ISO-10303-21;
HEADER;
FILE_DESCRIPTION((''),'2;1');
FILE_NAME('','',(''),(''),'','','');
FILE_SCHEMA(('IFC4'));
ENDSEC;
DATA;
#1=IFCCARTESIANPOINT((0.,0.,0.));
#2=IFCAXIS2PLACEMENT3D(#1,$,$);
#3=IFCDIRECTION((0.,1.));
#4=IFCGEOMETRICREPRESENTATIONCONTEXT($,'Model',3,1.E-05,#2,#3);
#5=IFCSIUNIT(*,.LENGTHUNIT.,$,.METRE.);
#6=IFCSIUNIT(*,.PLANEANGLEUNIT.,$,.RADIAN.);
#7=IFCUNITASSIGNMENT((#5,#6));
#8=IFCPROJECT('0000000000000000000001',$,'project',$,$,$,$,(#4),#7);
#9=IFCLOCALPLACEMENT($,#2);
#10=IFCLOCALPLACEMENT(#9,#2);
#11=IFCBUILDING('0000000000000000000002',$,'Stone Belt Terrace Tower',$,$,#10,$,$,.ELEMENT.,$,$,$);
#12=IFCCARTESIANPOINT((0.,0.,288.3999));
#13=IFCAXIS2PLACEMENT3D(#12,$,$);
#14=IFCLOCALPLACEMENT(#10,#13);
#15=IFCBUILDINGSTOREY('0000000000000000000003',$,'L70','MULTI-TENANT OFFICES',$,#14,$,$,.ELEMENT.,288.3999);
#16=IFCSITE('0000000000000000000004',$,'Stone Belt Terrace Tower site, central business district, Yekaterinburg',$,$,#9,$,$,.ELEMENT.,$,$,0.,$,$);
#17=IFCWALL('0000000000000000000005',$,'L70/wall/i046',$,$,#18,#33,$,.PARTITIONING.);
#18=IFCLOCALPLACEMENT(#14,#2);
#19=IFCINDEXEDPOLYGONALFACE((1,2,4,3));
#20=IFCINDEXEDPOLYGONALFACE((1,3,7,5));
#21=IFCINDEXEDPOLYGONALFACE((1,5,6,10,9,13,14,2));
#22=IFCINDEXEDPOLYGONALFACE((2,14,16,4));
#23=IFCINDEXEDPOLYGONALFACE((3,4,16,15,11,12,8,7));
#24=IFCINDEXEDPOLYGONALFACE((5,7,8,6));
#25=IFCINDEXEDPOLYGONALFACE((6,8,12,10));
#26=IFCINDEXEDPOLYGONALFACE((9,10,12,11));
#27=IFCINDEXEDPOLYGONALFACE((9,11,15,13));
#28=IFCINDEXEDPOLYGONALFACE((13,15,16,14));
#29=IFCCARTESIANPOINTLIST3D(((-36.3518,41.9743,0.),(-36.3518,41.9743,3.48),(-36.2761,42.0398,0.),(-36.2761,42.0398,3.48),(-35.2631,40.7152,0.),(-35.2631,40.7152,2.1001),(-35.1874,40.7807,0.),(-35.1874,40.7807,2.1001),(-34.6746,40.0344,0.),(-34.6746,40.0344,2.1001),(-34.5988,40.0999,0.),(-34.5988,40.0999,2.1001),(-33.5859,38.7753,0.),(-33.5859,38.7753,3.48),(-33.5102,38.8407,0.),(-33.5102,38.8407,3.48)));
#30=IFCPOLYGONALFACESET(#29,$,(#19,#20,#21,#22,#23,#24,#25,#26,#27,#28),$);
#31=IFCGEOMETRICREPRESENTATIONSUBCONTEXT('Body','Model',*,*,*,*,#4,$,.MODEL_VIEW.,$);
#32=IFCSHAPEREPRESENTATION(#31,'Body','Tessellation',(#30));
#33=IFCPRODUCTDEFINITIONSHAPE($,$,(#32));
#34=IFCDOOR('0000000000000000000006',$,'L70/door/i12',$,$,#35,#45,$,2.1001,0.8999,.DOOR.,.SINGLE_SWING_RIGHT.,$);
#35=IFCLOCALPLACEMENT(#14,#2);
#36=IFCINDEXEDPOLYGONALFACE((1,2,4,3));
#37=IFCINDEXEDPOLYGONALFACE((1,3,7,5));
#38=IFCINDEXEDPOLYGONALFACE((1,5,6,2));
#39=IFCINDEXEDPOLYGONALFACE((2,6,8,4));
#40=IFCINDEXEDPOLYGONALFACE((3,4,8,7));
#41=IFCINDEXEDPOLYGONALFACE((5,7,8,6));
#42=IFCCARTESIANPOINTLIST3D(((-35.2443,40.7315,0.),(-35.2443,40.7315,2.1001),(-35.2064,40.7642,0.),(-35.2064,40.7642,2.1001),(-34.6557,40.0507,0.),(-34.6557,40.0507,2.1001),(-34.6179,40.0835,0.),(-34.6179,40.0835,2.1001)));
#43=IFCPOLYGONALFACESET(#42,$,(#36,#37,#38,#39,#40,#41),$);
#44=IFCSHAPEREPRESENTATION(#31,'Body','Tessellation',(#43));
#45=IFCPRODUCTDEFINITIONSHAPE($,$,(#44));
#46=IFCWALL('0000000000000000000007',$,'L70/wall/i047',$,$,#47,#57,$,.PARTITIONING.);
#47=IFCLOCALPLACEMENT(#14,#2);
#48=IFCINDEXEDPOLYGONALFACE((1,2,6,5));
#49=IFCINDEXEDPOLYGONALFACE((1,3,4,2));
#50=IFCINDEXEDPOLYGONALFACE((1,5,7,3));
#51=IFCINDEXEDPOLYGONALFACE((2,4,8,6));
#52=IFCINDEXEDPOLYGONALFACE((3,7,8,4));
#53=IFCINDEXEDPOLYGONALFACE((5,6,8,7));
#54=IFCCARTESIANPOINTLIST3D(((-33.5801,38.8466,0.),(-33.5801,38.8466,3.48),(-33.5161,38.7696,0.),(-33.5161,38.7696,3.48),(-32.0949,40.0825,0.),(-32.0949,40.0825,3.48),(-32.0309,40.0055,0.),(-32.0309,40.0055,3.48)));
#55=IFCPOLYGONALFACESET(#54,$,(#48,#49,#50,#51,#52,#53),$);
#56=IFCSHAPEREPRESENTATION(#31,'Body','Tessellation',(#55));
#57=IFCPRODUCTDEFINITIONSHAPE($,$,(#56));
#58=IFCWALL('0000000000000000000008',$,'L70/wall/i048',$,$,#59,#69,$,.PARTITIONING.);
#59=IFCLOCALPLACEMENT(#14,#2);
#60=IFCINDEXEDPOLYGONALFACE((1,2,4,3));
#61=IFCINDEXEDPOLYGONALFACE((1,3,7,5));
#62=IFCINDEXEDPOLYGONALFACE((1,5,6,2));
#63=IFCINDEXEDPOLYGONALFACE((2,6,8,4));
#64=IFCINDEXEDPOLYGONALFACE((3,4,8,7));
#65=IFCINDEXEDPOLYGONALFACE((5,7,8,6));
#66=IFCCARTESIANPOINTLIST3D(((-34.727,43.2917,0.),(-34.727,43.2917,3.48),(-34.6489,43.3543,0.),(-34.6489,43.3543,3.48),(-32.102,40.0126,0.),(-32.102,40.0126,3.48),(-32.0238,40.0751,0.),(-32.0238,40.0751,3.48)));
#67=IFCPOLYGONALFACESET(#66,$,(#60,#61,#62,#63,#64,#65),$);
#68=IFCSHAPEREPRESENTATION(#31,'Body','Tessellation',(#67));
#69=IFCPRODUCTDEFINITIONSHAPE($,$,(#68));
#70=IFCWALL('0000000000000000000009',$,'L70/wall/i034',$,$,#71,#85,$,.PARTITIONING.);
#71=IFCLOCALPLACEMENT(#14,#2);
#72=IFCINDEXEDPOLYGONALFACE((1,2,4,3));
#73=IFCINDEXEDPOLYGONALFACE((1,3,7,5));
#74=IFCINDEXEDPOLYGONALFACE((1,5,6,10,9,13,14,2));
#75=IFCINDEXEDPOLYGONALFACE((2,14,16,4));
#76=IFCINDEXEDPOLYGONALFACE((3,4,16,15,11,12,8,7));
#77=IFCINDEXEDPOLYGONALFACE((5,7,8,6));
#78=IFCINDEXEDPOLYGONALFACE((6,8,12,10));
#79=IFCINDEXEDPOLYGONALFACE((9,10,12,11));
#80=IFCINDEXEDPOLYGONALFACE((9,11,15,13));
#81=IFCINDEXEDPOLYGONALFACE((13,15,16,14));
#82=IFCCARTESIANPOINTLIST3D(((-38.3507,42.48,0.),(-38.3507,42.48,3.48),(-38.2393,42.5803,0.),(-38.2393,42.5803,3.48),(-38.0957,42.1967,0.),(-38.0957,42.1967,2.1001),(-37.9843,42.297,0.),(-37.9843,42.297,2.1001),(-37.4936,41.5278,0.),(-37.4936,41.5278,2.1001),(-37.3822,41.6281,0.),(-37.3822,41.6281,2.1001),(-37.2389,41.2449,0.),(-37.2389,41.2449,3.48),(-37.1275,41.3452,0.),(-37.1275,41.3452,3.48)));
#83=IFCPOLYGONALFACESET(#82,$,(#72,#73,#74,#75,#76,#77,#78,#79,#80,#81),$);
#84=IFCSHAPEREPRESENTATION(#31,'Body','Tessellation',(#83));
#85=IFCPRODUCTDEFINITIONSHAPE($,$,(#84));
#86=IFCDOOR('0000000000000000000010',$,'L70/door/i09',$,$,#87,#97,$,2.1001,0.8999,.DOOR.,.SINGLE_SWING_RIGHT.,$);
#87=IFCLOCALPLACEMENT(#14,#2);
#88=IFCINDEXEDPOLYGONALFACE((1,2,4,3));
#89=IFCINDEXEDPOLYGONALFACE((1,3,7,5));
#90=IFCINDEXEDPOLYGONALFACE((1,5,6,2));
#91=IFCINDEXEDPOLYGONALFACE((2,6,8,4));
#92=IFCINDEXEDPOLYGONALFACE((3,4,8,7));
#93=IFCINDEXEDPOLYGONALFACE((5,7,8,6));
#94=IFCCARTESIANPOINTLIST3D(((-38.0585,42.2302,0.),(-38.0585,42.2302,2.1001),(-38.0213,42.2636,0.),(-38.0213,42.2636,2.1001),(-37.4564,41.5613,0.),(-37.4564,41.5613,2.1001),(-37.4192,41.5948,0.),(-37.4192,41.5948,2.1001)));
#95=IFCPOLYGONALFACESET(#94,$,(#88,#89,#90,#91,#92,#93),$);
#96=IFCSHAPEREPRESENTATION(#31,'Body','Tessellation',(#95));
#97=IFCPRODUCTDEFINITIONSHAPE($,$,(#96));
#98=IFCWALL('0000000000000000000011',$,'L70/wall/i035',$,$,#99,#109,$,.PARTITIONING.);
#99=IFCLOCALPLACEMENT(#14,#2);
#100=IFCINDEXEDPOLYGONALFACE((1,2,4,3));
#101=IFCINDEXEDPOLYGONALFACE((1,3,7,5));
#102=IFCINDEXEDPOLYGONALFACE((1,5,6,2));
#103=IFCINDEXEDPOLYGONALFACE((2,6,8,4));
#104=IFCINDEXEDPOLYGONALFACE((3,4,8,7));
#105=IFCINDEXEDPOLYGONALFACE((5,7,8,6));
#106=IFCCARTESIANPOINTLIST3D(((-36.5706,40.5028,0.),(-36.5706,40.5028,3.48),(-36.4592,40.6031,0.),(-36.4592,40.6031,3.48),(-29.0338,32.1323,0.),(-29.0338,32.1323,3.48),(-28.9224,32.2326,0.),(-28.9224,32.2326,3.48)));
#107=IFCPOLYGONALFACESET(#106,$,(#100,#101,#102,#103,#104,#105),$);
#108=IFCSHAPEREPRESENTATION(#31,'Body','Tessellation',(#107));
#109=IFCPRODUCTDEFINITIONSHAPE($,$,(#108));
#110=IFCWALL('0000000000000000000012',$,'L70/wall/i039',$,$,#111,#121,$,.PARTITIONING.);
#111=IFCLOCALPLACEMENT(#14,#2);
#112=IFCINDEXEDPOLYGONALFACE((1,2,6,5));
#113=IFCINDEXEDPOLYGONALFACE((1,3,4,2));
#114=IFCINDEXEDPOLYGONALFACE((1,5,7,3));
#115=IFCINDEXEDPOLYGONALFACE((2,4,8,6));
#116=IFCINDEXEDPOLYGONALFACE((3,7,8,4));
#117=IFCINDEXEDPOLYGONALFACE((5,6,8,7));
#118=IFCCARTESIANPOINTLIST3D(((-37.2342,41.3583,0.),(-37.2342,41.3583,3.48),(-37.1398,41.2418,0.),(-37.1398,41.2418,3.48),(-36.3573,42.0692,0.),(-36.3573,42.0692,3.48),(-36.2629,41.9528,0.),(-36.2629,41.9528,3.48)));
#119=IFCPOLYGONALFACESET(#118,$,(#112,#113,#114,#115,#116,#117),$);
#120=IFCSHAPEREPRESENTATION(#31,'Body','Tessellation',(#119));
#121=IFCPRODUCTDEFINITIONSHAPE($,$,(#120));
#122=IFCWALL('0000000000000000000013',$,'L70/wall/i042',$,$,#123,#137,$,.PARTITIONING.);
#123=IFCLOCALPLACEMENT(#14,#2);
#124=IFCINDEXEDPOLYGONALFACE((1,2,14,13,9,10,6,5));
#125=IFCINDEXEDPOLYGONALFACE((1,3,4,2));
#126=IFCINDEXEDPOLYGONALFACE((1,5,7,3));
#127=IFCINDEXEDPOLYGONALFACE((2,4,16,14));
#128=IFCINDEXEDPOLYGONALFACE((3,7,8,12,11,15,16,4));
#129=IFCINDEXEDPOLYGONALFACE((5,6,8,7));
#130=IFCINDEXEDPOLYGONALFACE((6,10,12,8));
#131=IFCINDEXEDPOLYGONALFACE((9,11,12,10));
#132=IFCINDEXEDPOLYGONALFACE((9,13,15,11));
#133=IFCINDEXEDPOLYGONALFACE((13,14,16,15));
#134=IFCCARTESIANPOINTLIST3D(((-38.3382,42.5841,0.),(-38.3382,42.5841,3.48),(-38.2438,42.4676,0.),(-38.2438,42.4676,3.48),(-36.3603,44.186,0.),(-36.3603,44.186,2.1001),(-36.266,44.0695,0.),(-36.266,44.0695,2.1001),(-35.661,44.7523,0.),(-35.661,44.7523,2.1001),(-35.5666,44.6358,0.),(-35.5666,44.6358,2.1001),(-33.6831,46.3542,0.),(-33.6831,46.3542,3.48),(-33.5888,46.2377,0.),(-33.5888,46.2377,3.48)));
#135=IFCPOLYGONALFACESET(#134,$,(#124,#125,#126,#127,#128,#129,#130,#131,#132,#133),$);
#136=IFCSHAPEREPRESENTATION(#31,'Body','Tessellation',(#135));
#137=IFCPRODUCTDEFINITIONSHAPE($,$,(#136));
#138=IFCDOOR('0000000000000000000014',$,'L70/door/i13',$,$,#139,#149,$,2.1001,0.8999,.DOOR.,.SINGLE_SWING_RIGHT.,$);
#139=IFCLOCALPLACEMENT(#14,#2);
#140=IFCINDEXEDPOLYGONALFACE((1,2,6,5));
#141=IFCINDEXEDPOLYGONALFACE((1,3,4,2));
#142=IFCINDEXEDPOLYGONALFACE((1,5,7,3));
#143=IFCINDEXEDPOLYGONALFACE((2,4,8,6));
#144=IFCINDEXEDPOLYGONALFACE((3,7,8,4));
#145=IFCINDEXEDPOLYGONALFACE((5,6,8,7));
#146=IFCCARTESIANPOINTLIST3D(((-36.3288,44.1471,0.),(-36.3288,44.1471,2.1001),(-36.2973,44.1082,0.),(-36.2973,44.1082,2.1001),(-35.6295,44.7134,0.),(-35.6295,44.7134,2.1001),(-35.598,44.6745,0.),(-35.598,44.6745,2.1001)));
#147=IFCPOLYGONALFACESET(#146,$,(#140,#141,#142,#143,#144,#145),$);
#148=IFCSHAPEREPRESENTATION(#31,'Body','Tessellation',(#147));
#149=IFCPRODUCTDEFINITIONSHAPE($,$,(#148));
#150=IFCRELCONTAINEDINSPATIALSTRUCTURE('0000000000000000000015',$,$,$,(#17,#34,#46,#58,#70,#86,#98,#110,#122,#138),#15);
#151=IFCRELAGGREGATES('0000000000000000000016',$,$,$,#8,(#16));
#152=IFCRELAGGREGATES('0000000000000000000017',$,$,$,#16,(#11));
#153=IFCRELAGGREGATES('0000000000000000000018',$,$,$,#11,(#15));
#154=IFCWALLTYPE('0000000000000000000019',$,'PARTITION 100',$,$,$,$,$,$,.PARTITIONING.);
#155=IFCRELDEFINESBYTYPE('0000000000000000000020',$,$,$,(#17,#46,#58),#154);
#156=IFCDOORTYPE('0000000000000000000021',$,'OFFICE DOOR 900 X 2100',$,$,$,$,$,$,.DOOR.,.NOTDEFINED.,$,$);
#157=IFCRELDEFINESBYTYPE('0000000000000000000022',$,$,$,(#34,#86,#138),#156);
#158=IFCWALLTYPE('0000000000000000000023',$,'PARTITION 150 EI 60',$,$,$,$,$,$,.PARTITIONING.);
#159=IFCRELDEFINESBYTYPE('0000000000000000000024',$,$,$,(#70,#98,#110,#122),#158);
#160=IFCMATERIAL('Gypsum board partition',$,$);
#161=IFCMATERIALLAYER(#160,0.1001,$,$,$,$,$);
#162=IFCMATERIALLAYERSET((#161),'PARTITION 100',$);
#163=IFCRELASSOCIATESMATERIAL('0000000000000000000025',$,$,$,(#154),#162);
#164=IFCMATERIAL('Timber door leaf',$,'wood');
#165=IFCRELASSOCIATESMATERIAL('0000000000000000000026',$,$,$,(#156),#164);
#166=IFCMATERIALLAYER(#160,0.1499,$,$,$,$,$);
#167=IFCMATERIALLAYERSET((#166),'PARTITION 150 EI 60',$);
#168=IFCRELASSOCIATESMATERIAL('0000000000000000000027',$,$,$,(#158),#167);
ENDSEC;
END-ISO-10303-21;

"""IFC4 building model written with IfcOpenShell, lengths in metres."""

from ifc_helpers import new_model, si_unit, direction, frame, frame_2d, origin, place, context, subcontext, project, spatial, rectangle, extrude, material, layer, layer_set, type_object, element, fill, save


model = new_model("IFC4")

# Units and contexts
model_context = context("Model", 3, precision=1e-05, world=origin(), true_north=direction((0.0, 1.0)))
body_context = subcontext(model_context, "Body", "Model", "MODEL_VIEW")
ifc_project = project(units=[si_unit("LENGTHUNIT", "METRE"), si_unit("PLANEANGLEUNIT", "RADIAN")], contexts=[model_context])

# Site, building, storey
site_placement = place(None, origin())
site = spatial("IfcSite", under=ifc_project, at=site_placement, Name="Stone Belt Terrace Tower site, central business district, Yekaterinburg", CompositionType="ELEMENT", RefElevation=0.0)
building_placement = place(site_placement, origin())
building = spatial("IfcBuilding", under=site, at=building_placement, Name="Stone Belt Terrace Tower", CompositionType="ELEMENT")
storey_placement = place(building_placement, frame((0.0, 0.0, 288.3999)))
storey = spatial("IfcBuildingStorey", under=building, at=storey_placement, Name="L70", Description="MULTI-TENANT OFFICES", CompositionType="ELEMENT", Elevation=288.3999)

# Wall, opening, door
ifc_material_1 = material(Name="Gypsum board partition")
ifc_layer_1 = layer(ifc_material_1, 0.1001)
ifc_layer_set_1 = layer_set([ifc_layer_1], Name="PARTITION 100")
wall_type_1 = type_object("IfcWallType", Name="PARTITION 100", PredefinedType="PARTITIONING", material=ifc_layer_set_1)
wall_1_placement = place(storey_placement, frame((-36.314, 42.0071, 0.0), z_axis=(0.0, 0.0, 1.0), x_axis=(0.654042, -0.756458, 0.0)))
wall_1 = element("IfcWall", 1, at=wall_1_placement, inside=storey, type_object=wall_type_1, Name="L70/wall/i046", PredefinedType="PARTITIONING", context=body_context, shape_type="SweptSolid", body=[
    extrude(rectangle(XDim=4.229, YDim=0.1001, at=frame_2d((2.1145, 0.0))), origin(), (0.0, 0.0, 1.0), 3.48),
])
opening_1_placement = place(wall_1_placement, frame((1.6646, 0.0, 0.0)))
opening_1 = element("IfcOpeningElement", 2, at=opening_1_placement, cuts=wall_1, PredefinedType="OPENING", context=body_context, shape_type="SweptSolid", body=[
    extrude(rectangle(XDim=0.8999, YDim=2.1001, at=frame_2d((0.45, 1.05))), frame((0.0, 0.0601, 0.0), z_axis=(0.0, -1.0, 0.0), x_axis=(1.0, 0.0, 0.0)), (0.0, 0.0, 1.0), 0.1201),
])
ifc_material_2 = material(Name="Timber door leaf", Category="wood")
door_type = type_object("IfcDoorType", Name="OFFICE DOOR 900 X 2100", OperationType="NOTDEFINED", PredefinedType="DOOR", material=ifc_material_2)
door_1_placement = place(opening_1_placement, origin())
door_1 = element("IfcDoor", 3, at=door_1_placement, inside=storey, type_object=door_type, Name="L70/door/i12", OperationType="SINGLE_SWING_RIGHT", OverallHeight=2.1001, OverallWidth=0.8999, PredefinedType="DOOR", context=body_context, shape_type="SweptSolid", body=[
    extrude(rectangle(XDim=0.8999, YDim=2.1001, at=frame_2d((0.45, 1.05))), frame((0.0, 0.0249, 0.0), z_axis=(0.0, -1.0, 0.0), x_axis=(1.0, 0.0, 0.0)), (0.0, 0.0, 1.0), 0.05),
])
fill(opening_1, door_1)

# Walls
wall_2_placement = place(storey_placement, frame((-33.5481, 38.8081, 0.0), z_axis=(0.0, 0.0, 1.0), x_axis=(0.768666, 0.63965, 0.0)))
element("IfcWall", 4, at=wall_2_placement, inside=storey, type_object=wall_type_1, Name="L70/wall/i047", PredefinedType="PARTITIONING", context=body_context, shape_type="SweptSolid", body=[
    extrude(rectangle(XDim=1.9321, YDim=0.1001, at=frame_2d((0.9661, 0.0))), origin(), (0.0, 0.0, 1.0), 3.48),
])
wall_3_placement = place(storey_placement, frame((-32.063, 40.0439, 0.0), z_axis=(0.0, 0.0, 1.0), x_axis=(-0.62495, 0.780665, 0.0)))
element("IfcWall", 5, at=wall_3_placement, inside=storey, type_object=wall_type_1, Name="L70/wall/i048", PredefinedType="PARTITIONING", context=body_context, shape_type="SweptSolid", body=[
    extrude(rectangle(XDim=4.2004, YDim=0.1001, at=frame_2d((2.1001, 0.0))), origin(), (0.0, 0.0, 1.0), 3.48),
])

# Wall, opening, door
ifc_layer_2 = layer(ifc_material_1, 0.1499)
ifc_layer_set_2 = layer_set([ifc_layer_2], Name="PARTITION 150 EI 60")
wall_type_2 = type_object("IfcWallType", Name="PARTITION 150 EI 60", PredefinedType="PARTITIONING", material=ifc_layer_set_2)
wall_4_placement = place(storey_placement, frame((-37.1831, 41.2949, 0.0), z_axis=(0.0, 0.0, 1.0), x_axis=(-0.669038, 0.743228, 0.0)))
wall_4 = element("IfcWall", 6, at=wall_4_placement, inside=storey, type_object=wall_type_2, Name="L70/wall/i034", PredefinedType="PARTITIONING", context=body_context, shape_type="SweptSolid", body=[
    extrude(rectangle(XDim=1.6619, YDim=0.1499, at=frame_2d((0.8311, 0.0))), origin(), (0.0, 0.0, 1.0), 3.48),
])
opening_2_placement = place(wall_4_placement, frame((0.3809, 0.0, 0.0)))
opening_2 = element("IfcOpeningElement", 7, at=opening_2_placement, cuts=wall_4, PredefinedType="OPENING", context=body_context, shape_type="SweptSolid", body=[
    extrude(rectangle(XDim=0.8999, YDim=2.1001, at=frame_2d((0.45, 1.05))), frame((0.0, 0.085, 0.0), z_axis=(0.0, -1.0, 0.0), x_axis=(1.0, 0.0, 0.0)), (0.0, 0.0, 1.0), 0.1699),
])
door_2_placement = place(opening_2_placement, origin())
door_2 = element("IfcDoor", 8, at=door_2_placement, inside=storey, type_object=door_type, Name="L70/door/i09", OperationType="SINGLE_SWING_RIGHT", OverallHeight=2.1001, OverallWidth=0.8999, PredefinedType="DOOR", context=body_context, shape_type="SweptSolid", body=[
    extrude(rectangle(XDim=0.8999, YDim=2.1001, at=frame_2d((0.45, 1.05))), frame((0.0, 0.0249, 0.0), z_axis=(0.0, -1.0, 0.0), x_axis=(1.0, 0.0, 0.0)), (0.0, 0.0, 1.0), 0.05),
])
fill(opening_2, door_2)

# Walls
wall_5_placement = place(storey_placement, frame((-36.5149, 40.553, 0.0), z_axis=(0.0, 0.0, 1.0), x_axis=(0.669128, -0.743148, 0.0)))
element("IfcWall", 9, at=wall_5_placement, inside=storey, type_object=wall_type_2, Name="L70/wall/i035", PredefinedType="PARTITIONING", context=body_context, shape_type="SweptSolid", body=[
    extrude(rectangle(XDim=11.2637, YDim=0.1499, at=frame_2d((5.6318, 0.0))), origin(), (0.0, 0.0, 1.0), 3.48),
])
wall_6_placement = place(storey_placement, frame((-36.3101, 42.011, 0.0), z_axis=(0.0, 0.0, 1.0), x_axis=(-0.776801, -0.629746, 0.0)))
element("IfcWall", 10, at=wall_6_placement, inside=storey, type_object=wall_type_2, Name="L70/wall/i039", PredefinedType="PARTITIONING", context=body_context, shape_type="SweptSolid", body=[
    extrude(rectangle(XDim=1.1289, YDim=0.1499, at=frame_2d((0.5645, 0.0))), origin(), (0.0, 0.0, 1.0), 3.48),
])

# Wall, opening, door
wall_7_placement = place(storey_placement, frame((-38.291, 42.5259, 0.0), z_axis=(0.0, 0.0, 1.0), x_axis=(0.777109, 0.629366, 0.0)))
wall_7 = element("IfcWall", 11, at=wall_7_placement, inside=storey, type_object=wall_type_2, Name="L70/wall/i042", PredefinedType="PARTITIONING", context=body_context, shape_type="SweptSolid", body=[
    extrude(rectangle(XDim=5.9902, YDim=0.1499, at=frame_2d((2.9951, 0.0))), origin(), (0.0, 0.0, 1.0), 3.48),
])
opening_3_placement = place(wall_7_placement, frame((2.5452, 0.0, 0.0)))
opening_3 = element("IfcOpeningElement", 12, at=opening_3_placement, cuts=wall_7, PredefinedType="OPENING", context=body_context, shape_type="SweptSolid", body=[
    extrude(rectangle(XDim=0.8999, YDim=2.1001, at=frame_2d((0.45, 1.05))), frame((0.0, 0.085, 0.0), z_axis=(0.0, -1.0, 0.0), x_axis=(1.0, 0.0, 0.0)), (0.0, 0.0, 1.0), 0.1699),
])
door_3_placement = place(opening_3_placement, origin())
door_3 = element("IfcDoor", 13, at=door_3_placement, inside=storey, type_object=door_type, Name="L70/door/i13", OperationType="SINGLE_SWING_RIGHT", OverallHeight=2.1001, OverallWidth=0.8999, PredefinedType="DOOR", context=body_context, shape_type="SweptSolid", body=[
    extrude(rectangle(XDim=0.8999, YDim=2.1001, at=frame_2d((0.45, 1.05))), frame((0.0, 0.0249, 0.0), z_axis=(0.0, -1.0, 0.0), x_axis=(1.0, 0.0, 0.0)), (0.0, 0.0, 1.0), 0.05),
])
fill(opening_3, door_3)

save(model, "model.ifc")
